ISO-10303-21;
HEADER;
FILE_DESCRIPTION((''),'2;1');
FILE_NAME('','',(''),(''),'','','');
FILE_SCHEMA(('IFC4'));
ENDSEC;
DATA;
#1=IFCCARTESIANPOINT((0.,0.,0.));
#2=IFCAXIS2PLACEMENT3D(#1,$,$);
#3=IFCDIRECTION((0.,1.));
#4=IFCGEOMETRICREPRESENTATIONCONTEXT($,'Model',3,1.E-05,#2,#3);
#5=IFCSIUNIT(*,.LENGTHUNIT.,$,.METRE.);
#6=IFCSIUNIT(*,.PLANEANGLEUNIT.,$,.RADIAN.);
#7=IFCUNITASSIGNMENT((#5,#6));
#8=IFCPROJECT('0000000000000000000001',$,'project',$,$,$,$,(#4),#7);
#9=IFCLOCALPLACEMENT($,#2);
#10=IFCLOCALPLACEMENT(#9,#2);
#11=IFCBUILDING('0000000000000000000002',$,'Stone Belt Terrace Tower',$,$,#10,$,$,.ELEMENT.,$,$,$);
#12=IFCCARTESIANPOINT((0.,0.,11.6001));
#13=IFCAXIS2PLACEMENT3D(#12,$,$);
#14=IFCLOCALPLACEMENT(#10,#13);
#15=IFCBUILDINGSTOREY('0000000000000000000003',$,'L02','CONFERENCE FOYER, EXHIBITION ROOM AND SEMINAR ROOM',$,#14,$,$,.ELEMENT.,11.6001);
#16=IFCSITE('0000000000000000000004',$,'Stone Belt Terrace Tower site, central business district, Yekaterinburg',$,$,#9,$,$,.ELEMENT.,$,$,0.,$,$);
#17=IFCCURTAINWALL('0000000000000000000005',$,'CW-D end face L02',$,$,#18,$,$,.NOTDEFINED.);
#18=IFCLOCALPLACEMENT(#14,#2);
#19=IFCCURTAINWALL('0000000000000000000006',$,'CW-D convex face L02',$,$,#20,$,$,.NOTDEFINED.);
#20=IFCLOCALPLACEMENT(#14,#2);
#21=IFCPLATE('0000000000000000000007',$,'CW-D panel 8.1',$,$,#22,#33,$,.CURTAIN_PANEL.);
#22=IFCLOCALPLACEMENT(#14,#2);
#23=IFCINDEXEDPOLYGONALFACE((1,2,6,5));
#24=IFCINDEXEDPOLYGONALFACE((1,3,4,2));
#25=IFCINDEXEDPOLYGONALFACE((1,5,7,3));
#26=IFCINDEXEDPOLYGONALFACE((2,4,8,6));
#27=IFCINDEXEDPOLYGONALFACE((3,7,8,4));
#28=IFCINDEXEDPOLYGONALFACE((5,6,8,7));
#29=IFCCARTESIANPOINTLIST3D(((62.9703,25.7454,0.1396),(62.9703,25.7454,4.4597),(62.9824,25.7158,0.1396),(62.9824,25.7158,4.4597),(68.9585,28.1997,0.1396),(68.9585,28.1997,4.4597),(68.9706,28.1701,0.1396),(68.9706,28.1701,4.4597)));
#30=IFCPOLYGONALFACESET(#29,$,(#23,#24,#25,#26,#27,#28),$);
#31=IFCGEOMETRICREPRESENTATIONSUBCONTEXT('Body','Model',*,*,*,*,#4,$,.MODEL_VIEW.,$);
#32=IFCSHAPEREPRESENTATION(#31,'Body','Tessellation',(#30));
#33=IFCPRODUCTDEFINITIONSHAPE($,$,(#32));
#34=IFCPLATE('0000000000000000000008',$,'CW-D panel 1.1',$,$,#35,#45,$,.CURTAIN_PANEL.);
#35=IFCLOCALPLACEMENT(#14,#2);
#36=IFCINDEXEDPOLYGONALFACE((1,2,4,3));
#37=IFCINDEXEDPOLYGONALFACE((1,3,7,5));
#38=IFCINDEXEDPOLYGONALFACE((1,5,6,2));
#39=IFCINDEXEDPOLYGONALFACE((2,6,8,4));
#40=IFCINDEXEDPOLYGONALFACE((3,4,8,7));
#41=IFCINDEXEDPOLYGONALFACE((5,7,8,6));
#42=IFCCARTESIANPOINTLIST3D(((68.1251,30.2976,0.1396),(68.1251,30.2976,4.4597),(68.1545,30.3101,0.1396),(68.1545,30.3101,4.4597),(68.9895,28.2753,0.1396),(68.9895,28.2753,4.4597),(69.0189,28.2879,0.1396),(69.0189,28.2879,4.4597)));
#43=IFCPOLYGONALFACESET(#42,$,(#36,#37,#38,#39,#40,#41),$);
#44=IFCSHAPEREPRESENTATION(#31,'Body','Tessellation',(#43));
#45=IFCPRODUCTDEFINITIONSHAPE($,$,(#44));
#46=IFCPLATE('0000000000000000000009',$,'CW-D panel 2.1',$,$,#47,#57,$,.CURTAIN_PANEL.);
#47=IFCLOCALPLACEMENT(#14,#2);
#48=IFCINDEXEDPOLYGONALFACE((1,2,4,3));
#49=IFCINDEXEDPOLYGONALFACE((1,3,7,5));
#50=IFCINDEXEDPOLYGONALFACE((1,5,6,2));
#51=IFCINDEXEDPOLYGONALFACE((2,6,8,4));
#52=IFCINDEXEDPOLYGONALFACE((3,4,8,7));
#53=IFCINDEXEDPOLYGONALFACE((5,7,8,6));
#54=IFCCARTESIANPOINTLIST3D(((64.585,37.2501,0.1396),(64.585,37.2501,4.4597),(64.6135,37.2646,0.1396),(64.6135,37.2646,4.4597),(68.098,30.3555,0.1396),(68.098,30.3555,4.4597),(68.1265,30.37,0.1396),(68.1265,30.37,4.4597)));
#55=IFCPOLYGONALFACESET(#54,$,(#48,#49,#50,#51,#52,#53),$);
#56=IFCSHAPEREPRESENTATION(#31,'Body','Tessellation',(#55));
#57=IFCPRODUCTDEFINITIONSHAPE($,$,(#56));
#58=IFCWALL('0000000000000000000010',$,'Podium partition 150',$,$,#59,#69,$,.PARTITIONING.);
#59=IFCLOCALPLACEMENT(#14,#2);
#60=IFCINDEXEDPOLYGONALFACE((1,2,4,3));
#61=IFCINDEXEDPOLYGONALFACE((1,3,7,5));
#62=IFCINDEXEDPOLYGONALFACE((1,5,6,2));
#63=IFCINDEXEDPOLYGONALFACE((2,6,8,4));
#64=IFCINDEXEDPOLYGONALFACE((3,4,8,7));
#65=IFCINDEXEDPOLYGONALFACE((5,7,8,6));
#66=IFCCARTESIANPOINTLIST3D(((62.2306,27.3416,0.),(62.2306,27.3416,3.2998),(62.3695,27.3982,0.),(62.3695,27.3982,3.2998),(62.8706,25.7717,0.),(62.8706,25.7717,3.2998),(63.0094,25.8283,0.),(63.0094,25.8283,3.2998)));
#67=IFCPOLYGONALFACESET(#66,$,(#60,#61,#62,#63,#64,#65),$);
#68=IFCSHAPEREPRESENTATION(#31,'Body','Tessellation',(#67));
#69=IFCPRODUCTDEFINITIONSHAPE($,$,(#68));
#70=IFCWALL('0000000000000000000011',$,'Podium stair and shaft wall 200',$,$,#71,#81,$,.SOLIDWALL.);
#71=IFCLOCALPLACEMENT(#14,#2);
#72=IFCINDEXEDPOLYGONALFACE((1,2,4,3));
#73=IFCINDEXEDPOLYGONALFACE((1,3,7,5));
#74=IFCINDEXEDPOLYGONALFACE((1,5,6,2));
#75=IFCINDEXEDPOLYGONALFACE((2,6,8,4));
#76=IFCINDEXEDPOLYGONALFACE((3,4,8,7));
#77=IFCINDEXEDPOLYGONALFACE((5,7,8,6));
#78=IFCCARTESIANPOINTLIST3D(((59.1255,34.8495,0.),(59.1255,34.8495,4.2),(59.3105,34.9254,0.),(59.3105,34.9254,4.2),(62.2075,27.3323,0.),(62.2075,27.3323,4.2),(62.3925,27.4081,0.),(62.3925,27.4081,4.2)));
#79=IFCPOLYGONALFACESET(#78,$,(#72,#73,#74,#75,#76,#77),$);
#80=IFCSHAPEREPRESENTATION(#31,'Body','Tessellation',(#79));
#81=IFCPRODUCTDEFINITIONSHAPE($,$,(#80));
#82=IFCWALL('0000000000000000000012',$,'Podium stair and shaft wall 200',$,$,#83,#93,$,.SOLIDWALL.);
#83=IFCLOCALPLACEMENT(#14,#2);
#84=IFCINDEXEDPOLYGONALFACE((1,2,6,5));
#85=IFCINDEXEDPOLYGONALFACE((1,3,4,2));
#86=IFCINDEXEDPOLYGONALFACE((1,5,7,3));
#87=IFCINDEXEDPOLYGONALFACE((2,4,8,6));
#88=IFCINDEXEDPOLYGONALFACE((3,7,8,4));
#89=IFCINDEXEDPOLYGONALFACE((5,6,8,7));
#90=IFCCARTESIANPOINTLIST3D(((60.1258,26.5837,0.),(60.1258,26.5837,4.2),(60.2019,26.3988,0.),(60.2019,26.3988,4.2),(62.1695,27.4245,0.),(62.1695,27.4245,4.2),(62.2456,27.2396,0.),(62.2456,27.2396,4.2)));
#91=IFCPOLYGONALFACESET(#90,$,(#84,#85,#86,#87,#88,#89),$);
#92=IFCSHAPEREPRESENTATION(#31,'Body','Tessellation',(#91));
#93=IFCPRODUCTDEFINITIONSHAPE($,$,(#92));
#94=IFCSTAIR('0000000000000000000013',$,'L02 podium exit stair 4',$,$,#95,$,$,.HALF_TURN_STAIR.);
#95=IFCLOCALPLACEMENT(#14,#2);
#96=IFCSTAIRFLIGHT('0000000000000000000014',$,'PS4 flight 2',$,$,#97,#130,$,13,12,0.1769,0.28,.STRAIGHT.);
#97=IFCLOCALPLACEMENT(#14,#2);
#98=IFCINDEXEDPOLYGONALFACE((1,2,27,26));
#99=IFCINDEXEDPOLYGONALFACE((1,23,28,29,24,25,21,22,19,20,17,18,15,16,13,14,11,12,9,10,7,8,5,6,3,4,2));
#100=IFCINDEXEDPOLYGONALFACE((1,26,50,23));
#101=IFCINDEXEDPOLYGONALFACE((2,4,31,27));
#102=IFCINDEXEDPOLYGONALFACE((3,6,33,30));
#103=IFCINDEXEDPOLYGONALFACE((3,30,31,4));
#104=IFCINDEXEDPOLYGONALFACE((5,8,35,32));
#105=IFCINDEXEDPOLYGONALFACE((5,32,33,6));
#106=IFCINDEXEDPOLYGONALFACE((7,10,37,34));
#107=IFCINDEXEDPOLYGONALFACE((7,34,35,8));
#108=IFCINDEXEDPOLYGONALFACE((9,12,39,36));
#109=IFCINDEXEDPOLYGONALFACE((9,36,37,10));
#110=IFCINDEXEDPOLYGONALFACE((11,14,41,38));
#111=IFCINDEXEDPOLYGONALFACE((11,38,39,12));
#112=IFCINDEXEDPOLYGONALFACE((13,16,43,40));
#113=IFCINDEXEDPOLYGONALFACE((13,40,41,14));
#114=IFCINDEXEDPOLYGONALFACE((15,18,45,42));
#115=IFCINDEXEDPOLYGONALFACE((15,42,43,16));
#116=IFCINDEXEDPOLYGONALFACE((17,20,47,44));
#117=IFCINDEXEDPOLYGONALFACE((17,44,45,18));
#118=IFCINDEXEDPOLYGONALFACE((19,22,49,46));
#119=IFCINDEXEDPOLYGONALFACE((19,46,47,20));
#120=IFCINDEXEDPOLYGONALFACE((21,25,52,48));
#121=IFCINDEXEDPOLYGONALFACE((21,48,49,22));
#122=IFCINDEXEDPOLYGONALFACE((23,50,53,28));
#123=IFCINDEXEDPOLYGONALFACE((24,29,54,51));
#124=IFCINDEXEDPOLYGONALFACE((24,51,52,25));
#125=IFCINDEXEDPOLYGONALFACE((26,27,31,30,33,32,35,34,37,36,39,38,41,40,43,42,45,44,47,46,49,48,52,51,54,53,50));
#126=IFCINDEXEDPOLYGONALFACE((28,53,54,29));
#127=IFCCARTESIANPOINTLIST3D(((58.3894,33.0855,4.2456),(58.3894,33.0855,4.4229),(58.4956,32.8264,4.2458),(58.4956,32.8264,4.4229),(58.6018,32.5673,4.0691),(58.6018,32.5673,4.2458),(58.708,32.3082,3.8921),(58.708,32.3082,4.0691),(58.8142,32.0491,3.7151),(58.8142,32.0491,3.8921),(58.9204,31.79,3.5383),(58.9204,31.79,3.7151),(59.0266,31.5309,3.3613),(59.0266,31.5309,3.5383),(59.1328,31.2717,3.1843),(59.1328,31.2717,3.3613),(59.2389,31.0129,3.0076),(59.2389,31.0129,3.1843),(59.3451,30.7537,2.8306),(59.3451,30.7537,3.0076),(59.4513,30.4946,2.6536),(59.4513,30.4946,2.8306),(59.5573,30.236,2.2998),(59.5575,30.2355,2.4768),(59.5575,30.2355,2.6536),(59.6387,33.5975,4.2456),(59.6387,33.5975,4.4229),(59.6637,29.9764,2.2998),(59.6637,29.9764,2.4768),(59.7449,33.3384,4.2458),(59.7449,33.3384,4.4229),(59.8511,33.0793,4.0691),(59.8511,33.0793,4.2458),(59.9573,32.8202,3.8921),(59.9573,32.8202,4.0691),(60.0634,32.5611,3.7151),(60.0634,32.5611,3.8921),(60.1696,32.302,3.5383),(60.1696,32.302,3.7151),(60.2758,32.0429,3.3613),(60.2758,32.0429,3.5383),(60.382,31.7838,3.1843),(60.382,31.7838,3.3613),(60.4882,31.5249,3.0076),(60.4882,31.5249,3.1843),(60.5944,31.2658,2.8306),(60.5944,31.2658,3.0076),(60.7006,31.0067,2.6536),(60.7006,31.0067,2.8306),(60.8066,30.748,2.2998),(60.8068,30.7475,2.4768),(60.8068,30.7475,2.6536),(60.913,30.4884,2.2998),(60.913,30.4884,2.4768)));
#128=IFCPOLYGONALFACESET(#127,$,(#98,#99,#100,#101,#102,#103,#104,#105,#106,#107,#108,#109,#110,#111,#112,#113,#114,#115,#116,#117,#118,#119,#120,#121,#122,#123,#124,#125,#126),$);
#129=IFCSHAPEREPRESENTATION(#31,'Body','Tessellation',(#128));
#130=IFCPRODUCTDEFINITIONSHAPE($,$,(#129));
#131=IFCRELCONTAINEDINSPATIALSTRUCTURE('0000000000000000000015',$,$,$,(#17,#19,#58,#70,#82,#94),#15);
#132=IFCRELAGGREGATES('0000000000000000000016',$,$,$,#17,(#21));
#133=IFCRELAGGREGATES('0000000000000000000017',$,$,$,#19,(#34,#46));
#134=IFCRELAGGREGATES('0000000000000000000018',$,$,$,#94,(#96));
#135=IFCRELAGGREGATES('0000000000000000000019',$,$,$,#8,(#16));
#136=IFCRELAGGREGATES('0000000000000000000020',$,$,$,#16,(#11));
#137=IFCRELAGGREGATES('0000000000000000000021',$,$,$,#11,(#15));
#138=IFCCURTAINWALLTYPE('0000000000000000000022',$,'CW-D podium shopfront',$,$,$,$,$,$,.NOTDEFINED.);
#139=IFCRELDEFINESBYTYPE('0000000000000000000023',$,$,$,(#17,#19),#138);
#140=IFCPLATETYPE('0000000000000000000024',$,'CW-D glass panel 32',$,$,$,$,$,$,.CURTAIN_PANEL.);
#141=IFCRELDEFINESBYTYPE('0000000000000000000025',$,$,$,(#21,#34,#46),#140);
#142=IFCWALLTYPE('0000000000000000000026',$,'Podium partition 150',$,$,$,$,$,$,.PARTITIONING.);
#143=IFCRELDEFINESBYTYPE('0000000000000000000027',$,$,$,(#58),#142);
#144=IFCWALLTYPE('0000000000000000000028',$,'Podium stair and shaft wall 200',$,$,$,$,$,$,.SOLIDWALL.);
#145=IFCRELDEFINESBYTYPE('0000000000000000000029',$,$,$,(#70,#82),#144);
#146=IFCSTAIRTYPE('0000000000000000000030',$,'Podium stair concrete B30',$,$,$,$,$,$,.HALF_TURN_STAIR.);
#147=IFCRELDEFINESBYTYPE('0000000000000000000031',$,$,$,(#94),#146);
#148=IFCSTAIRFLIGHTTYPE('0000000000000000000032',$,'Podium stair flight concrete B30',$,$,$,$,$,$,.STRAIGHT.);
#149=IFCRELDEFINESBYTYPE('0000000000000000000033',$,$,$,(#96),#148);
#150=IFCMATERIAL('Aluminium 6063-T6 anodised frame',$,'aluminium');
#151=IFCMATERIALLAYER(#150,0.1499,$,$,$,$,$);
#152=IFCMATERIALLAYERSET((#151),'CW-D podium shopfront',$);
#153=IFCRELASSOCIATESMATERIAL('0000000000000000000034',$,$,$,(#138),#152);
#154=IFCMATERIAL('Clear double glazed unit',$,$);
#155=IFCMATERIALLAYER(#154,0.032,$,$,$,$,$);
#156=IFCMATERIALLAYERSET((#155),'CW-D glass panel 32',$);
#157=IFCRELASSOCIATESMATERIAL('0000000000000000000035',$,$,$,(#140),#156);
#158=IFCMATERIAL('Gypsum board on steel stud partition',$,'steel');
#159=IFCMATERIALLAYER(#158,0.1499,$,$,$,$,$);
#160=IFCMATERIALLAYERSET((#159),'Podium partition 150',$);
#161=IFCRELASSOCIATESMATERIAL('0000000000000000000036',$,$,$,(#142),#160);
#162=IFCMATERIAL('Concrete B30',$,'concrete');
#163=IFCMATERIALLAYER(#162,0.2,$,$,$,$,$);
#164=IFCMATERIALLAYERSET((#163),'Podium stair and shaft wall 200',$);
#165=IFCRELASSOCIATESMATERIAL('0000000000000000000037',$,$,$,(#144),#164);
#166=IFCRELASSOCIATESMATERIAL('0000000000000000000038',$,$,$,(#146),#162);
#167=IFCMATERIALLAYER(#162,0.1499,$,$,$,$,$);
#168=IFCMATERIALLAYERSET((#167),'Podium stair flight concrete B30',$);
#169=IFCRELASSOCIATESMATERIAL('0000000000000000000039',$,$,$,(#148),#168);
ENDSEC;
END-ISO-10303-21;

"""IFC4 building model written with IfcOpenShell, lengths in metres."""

from ifc_helpers import new_model, si_unit, direction, frame, frame_2d, origin, origin_2d, place, context, subcontext, project, spatial, polyline, rectangle, outline, extrude, material, layer, layer_set, type_object, element, aggregate, save


model = new_model("IFC4")

# Units and contexts
model_context = context("Model", 3, precision=1e-05, world=origin(), true_north=direction((0.0, 1.0)))
body_context = subcontext(model_context, "Body", "Model", "MODEL_VIEW")
ifc_project = project(units=[si_unit("LENGTHUNIT", "METRE"), si_unit("PLANEANGLEUNIT", "RADIAN")], contexts=[model_context])

# Site, building, storey
site_placement = place(None, origin())
site = spatial("IfcSite", under=ifc_project, at=site_placement, Name="Stone Belt Terrace Tower site, central business district, Yekaterinburg", CompositionType="ELEMENT", RefElevation=0.0)
building_placement = place(site_placement, origin())
building = spatial("IfcBuilding", under=site, at=building_placement, Name="Stone Belt Terrace Tower", CompositionType="ELEMENT")
storey_placement = place(building_placement, frame((0.0, 0.0, 11.6001)))
storey = spatial("IfcBuildingStorey", under=building, at=storey_placement, Name="L02", Description="CONFERENCE FOYER, EXHIBITION ROOM AND SEMINAR ROOM", CompositionType="ELEMENT", Elevation=11.6001)

# Curtain wall
ifc_material_1 = material(Name="Aluminium 6063-T6 anodised frame", Category="aluminium")
ifc_layer_1 = layer(ifc_material_1, 0.1499)
ifc_layer_set_1 = layer_set([ifc_layer_1], Name="CW-D podium shopfront")
curtain_wall_type = type_object("IfcCurtainWallType", Name="CW-D podium shopfront", PredefinedType="NOTDEFINED", material=ifc_layer_set_1)
curtain_wall_1_placement = place(storey_placement, origin())
curtain_wall_1 = element("IfcCurtainWall", 1, at=curtain_wall_1_placement, inside=storey, type_object=curtain_wall_type, Name="CW-D end face L02", PredefinedType="NOTDEFINED")

# Curtain wall
curtain_wall_2_placement = place(storey_placement, origin())
curtain_wall_2 = element("IfcCurtainWall", 2, at=curtain_wall_2_placement, inside=storey, type_object=curtain_wall_type, Name="CW-D convex face L02", PredefinedType="NOTDEFINED")

# Plates
ifc_material_2 = material(Name="Clear double glazed unit")
ifc_layer_2 = layer(ifc_material_2, 0.032)
ifc_layer_set_2 = layer_set([ifc_layer_2], Name="CW-D glass panel 32")
plate_type = type_object("IfcPlateType", Name="CW-D glass panel 32", PredefinedType="CURTAIN_PANEL", material=ifc_layer_set_2)
plate_1_placement = place(storey_placement, frame((65.9705, 26.9578, 0.1396), z_axis=(0.0, 0.0, 1.0), x_axis=(0.925297, 0.379243, 0.0)))
plate_1 = element("IfcPlate", 3, at=plate_1_placement, type_object=plate_type, Name="CW-D panel 8.1", PredefinedType="CURTAIN_PANEL", context=body_context, shape_type="SweptSolid", body=[
    extrude(rectangle(XDim=6.4717, YDim=0.032, at=origin_2d()), origin(), (0.0, 0.0, 1.0), 4.3201),
])
aggregate(curtain_wall_1, [plate_1])
plate_2_placement = place(storey_placement, frame((68.572, 29.2927, 0.1396), z_axis=(0.0, 0.0, 1.0), x_axis=(-0.393034, 0.919524, 0.0)))
plate_2 = element("IfcPlate", 4, at=plate_2_placement, type_object=plate_type, Name="CW-D panel 1.1", PredefinedType="CURTAIN_PANEL", context=body_context, shape_type="SweptSolid", body=[
    extrude(rectangle(XDim=2.1992, YDim=0.032, at=origin_2d()), origin(), (0.0, 0.0, 1.0), 4.3201),
])
plate_3_placement = place(storey_placement, frame((66.3557, 33.8101, 0.1396), z_axis=(0.0, 0.0, 1.0), x_axis=(-0.45399, 0.891007, 0.0)))
plate_3 = element("IfcPlate", 5, at=plate_3_placement, type_object=plate_type, Name="CW-D panel 2.1", PredefinedType="CURTAIN_PANEL", context=body_context, shape_type="SweptSolid", body=[
    extrude(rectangle(XDim=7.738, YDim=0.032, at=origin_2d()), origin(), (0.0, 0.0, 1.0), 4.3201),
])
aggregate(curtain_wall_2, [plate_2, plate_3])

# Walls
ifc_material_3 = material(Name="Gypsum board on steel stud partition", Category="steel")
ifc_layer_3 = layer(ifc_material_3, 0.1499)
ifc_layer_set_3 = layer_set([ifc_layer_3], Name="Podium partition 150")
wall_type_1 = type_object("IfcWallType", Name="Podium partition 150", PredefinedType="PARTITIONING", material=ifc_layer_set_3)
wall_1_placement = place(storey_placement, frame((62.3, 27.3699, 0.0), z_axis=(0.0, 0.0, 1.0), x_axis=(0.377466, -0.926023, 0.0)))
element("IfcWall", 6, at=wall_1_placement, inside=storey, type_object=wall_type_1, Name="Podium partition 150", PredefinedType="PARTITIONING", context=body_context, shape_type="SweptSolid", body=[
    extrude(rectangle(XDim=1.6953, YDim=0.1499, at=frame_2d((0.8477, 0.0))), origin(), (0.0, 0.0, 1.0), 3.2998),
])
ifc_material_4 = material(Name="Concrete B30", Category="concrete")
ifc_layer_4 = layer(ifc_material_4, 0.2)
ifc_layer_set_4 = layer_set([ifc_layer_4], Name="Podium stair and shaft wall 200")
wall_type_2 = type_object("IfcWallType", Name="Podium stair and shaft wall 200", PredefinedType="SOLIDWALL", material=ifc_layer_set_4)
wall_2_placement = place(storey_placement, frame((59.218, 34.8875, 0.0), z_axis=(0.0, 0.0, 1.0), x_axis=(0.379345, -0.925255, 0.0)))
element("IfcWall", 7, at=wall_2_placement, inside=storey, type_object=wall_type_2, Name="Podium stair and shaft wall 200", PredefinedType="SOLIDWALL", context=body_context, shape_type="SweptSolid", body=[
    extrude(rectangle(XDim=8.1245, YDim=0.2, at=frame_2d((4.0623, 0.0))), origin(), (0.0, 0.0, 1.0), 4.2),
])
wall_3_placement = place(storey_placement, frame((60.1638, 26.4912, 0.0), z_axis=(0.0, 0.0, 1.0), x_axis=(0.92479, 0.380478, 0.0)))
element("IfcWall", 8, at=wall_3_placement, inside=storey, type_object=wall_type_2, Name="Podium stair and shaft wall 200", PredefinedType="SOLIDWALL", context=body_context, shape_type="SweptSolid", body=[
    extrude(rectangle(XDim=2.21, YDim=0.2, at=frame_2d((1.105, 0.0))), origin(), (0.0, 0.0, 1.0), 4.2),
])

# Stair, stair flight
stair_type = type_object("IfcStairType", Name="Podium stair concrete B30", PredefinedType="HALF_TURN_STAIR", material=ifc_material_4)
stair_placement = place(storey_placement, origin())
stair = element("IfcStair", 9, at=stair_placement, inside=storey, type_object=stair_type, Name="L02 podium exit stair 4", PredefinedType="HALF_TURN_STAIR")
ifc_layer_5 = layer(ifc_material_4, 0.1499)
ifc_layer_set_5 = layer_set([ifc_layer_5], Name="Podium stair flight concrete B30")
stair_flight_type = type_object("IfcStairFlightType", Name="Podium stair flight concrete B30", PredefinedType="STRAIGHT", material=ifc_layer_set_5)
stair_flight_placement = place(storey_placement, frame((60.2883, 30.2324, 2.2998), z_axis=(0.0, 0.0, 1.0), x_axis=(-0.379243, 0.925297, 0.0)))
stair_flight = element("IfcStairFlight", 10, at=stair_flight_placement, type_object=stair_flight_type, Name="PS4 flight 2", NumberOfRisers=13, NumberOfTreads=12, PredefinedType="STRAIGHT", RiserHeight=0.1769, TreadLength=0.28, context=body_context, shape_type="SweptSolid", body=[
    extrude(outline(polyline([(0.0, 0.0), (0.0, 0.177), (0.28, 0.177), (0.28, 0.3538), (0.5601, 0.3538), (0.5601, 0.5308), (0.8401, 0.5308), (0.8401, 0.7078), (1.1201, 0.7078), (1.1201, 0.8845), (1.3999, 0.8845), (1.3999, 1.0615), (1.6799, 1.0615), (1.6799, 1.2385), (1.96, 1.2385), (1.96, 1.4153), (2.24, 1.4153), (2.24, 1.5923), (2.52, 1.5923), (2.52, 1.7693), (2.8, 1.7693), (2.8, 1.946), (3.0801, 1.946), (3.0801, 2.123), (3.3601, 2.123), (3.3601, 2.3), (3.3601, 1.9458), (0.2805, 0.0), (0.0, 0.0)])), frame((0.0, 0.675, 0.0), z_axis=(0.0, -1.0, 0.0), x_axis=(1.0, 0.0, 0.0)), (0.0, 0.0, 1.0), 1.3501),
])
aggregate(stair, [stair_flight])

save(model, "model.ifc")
